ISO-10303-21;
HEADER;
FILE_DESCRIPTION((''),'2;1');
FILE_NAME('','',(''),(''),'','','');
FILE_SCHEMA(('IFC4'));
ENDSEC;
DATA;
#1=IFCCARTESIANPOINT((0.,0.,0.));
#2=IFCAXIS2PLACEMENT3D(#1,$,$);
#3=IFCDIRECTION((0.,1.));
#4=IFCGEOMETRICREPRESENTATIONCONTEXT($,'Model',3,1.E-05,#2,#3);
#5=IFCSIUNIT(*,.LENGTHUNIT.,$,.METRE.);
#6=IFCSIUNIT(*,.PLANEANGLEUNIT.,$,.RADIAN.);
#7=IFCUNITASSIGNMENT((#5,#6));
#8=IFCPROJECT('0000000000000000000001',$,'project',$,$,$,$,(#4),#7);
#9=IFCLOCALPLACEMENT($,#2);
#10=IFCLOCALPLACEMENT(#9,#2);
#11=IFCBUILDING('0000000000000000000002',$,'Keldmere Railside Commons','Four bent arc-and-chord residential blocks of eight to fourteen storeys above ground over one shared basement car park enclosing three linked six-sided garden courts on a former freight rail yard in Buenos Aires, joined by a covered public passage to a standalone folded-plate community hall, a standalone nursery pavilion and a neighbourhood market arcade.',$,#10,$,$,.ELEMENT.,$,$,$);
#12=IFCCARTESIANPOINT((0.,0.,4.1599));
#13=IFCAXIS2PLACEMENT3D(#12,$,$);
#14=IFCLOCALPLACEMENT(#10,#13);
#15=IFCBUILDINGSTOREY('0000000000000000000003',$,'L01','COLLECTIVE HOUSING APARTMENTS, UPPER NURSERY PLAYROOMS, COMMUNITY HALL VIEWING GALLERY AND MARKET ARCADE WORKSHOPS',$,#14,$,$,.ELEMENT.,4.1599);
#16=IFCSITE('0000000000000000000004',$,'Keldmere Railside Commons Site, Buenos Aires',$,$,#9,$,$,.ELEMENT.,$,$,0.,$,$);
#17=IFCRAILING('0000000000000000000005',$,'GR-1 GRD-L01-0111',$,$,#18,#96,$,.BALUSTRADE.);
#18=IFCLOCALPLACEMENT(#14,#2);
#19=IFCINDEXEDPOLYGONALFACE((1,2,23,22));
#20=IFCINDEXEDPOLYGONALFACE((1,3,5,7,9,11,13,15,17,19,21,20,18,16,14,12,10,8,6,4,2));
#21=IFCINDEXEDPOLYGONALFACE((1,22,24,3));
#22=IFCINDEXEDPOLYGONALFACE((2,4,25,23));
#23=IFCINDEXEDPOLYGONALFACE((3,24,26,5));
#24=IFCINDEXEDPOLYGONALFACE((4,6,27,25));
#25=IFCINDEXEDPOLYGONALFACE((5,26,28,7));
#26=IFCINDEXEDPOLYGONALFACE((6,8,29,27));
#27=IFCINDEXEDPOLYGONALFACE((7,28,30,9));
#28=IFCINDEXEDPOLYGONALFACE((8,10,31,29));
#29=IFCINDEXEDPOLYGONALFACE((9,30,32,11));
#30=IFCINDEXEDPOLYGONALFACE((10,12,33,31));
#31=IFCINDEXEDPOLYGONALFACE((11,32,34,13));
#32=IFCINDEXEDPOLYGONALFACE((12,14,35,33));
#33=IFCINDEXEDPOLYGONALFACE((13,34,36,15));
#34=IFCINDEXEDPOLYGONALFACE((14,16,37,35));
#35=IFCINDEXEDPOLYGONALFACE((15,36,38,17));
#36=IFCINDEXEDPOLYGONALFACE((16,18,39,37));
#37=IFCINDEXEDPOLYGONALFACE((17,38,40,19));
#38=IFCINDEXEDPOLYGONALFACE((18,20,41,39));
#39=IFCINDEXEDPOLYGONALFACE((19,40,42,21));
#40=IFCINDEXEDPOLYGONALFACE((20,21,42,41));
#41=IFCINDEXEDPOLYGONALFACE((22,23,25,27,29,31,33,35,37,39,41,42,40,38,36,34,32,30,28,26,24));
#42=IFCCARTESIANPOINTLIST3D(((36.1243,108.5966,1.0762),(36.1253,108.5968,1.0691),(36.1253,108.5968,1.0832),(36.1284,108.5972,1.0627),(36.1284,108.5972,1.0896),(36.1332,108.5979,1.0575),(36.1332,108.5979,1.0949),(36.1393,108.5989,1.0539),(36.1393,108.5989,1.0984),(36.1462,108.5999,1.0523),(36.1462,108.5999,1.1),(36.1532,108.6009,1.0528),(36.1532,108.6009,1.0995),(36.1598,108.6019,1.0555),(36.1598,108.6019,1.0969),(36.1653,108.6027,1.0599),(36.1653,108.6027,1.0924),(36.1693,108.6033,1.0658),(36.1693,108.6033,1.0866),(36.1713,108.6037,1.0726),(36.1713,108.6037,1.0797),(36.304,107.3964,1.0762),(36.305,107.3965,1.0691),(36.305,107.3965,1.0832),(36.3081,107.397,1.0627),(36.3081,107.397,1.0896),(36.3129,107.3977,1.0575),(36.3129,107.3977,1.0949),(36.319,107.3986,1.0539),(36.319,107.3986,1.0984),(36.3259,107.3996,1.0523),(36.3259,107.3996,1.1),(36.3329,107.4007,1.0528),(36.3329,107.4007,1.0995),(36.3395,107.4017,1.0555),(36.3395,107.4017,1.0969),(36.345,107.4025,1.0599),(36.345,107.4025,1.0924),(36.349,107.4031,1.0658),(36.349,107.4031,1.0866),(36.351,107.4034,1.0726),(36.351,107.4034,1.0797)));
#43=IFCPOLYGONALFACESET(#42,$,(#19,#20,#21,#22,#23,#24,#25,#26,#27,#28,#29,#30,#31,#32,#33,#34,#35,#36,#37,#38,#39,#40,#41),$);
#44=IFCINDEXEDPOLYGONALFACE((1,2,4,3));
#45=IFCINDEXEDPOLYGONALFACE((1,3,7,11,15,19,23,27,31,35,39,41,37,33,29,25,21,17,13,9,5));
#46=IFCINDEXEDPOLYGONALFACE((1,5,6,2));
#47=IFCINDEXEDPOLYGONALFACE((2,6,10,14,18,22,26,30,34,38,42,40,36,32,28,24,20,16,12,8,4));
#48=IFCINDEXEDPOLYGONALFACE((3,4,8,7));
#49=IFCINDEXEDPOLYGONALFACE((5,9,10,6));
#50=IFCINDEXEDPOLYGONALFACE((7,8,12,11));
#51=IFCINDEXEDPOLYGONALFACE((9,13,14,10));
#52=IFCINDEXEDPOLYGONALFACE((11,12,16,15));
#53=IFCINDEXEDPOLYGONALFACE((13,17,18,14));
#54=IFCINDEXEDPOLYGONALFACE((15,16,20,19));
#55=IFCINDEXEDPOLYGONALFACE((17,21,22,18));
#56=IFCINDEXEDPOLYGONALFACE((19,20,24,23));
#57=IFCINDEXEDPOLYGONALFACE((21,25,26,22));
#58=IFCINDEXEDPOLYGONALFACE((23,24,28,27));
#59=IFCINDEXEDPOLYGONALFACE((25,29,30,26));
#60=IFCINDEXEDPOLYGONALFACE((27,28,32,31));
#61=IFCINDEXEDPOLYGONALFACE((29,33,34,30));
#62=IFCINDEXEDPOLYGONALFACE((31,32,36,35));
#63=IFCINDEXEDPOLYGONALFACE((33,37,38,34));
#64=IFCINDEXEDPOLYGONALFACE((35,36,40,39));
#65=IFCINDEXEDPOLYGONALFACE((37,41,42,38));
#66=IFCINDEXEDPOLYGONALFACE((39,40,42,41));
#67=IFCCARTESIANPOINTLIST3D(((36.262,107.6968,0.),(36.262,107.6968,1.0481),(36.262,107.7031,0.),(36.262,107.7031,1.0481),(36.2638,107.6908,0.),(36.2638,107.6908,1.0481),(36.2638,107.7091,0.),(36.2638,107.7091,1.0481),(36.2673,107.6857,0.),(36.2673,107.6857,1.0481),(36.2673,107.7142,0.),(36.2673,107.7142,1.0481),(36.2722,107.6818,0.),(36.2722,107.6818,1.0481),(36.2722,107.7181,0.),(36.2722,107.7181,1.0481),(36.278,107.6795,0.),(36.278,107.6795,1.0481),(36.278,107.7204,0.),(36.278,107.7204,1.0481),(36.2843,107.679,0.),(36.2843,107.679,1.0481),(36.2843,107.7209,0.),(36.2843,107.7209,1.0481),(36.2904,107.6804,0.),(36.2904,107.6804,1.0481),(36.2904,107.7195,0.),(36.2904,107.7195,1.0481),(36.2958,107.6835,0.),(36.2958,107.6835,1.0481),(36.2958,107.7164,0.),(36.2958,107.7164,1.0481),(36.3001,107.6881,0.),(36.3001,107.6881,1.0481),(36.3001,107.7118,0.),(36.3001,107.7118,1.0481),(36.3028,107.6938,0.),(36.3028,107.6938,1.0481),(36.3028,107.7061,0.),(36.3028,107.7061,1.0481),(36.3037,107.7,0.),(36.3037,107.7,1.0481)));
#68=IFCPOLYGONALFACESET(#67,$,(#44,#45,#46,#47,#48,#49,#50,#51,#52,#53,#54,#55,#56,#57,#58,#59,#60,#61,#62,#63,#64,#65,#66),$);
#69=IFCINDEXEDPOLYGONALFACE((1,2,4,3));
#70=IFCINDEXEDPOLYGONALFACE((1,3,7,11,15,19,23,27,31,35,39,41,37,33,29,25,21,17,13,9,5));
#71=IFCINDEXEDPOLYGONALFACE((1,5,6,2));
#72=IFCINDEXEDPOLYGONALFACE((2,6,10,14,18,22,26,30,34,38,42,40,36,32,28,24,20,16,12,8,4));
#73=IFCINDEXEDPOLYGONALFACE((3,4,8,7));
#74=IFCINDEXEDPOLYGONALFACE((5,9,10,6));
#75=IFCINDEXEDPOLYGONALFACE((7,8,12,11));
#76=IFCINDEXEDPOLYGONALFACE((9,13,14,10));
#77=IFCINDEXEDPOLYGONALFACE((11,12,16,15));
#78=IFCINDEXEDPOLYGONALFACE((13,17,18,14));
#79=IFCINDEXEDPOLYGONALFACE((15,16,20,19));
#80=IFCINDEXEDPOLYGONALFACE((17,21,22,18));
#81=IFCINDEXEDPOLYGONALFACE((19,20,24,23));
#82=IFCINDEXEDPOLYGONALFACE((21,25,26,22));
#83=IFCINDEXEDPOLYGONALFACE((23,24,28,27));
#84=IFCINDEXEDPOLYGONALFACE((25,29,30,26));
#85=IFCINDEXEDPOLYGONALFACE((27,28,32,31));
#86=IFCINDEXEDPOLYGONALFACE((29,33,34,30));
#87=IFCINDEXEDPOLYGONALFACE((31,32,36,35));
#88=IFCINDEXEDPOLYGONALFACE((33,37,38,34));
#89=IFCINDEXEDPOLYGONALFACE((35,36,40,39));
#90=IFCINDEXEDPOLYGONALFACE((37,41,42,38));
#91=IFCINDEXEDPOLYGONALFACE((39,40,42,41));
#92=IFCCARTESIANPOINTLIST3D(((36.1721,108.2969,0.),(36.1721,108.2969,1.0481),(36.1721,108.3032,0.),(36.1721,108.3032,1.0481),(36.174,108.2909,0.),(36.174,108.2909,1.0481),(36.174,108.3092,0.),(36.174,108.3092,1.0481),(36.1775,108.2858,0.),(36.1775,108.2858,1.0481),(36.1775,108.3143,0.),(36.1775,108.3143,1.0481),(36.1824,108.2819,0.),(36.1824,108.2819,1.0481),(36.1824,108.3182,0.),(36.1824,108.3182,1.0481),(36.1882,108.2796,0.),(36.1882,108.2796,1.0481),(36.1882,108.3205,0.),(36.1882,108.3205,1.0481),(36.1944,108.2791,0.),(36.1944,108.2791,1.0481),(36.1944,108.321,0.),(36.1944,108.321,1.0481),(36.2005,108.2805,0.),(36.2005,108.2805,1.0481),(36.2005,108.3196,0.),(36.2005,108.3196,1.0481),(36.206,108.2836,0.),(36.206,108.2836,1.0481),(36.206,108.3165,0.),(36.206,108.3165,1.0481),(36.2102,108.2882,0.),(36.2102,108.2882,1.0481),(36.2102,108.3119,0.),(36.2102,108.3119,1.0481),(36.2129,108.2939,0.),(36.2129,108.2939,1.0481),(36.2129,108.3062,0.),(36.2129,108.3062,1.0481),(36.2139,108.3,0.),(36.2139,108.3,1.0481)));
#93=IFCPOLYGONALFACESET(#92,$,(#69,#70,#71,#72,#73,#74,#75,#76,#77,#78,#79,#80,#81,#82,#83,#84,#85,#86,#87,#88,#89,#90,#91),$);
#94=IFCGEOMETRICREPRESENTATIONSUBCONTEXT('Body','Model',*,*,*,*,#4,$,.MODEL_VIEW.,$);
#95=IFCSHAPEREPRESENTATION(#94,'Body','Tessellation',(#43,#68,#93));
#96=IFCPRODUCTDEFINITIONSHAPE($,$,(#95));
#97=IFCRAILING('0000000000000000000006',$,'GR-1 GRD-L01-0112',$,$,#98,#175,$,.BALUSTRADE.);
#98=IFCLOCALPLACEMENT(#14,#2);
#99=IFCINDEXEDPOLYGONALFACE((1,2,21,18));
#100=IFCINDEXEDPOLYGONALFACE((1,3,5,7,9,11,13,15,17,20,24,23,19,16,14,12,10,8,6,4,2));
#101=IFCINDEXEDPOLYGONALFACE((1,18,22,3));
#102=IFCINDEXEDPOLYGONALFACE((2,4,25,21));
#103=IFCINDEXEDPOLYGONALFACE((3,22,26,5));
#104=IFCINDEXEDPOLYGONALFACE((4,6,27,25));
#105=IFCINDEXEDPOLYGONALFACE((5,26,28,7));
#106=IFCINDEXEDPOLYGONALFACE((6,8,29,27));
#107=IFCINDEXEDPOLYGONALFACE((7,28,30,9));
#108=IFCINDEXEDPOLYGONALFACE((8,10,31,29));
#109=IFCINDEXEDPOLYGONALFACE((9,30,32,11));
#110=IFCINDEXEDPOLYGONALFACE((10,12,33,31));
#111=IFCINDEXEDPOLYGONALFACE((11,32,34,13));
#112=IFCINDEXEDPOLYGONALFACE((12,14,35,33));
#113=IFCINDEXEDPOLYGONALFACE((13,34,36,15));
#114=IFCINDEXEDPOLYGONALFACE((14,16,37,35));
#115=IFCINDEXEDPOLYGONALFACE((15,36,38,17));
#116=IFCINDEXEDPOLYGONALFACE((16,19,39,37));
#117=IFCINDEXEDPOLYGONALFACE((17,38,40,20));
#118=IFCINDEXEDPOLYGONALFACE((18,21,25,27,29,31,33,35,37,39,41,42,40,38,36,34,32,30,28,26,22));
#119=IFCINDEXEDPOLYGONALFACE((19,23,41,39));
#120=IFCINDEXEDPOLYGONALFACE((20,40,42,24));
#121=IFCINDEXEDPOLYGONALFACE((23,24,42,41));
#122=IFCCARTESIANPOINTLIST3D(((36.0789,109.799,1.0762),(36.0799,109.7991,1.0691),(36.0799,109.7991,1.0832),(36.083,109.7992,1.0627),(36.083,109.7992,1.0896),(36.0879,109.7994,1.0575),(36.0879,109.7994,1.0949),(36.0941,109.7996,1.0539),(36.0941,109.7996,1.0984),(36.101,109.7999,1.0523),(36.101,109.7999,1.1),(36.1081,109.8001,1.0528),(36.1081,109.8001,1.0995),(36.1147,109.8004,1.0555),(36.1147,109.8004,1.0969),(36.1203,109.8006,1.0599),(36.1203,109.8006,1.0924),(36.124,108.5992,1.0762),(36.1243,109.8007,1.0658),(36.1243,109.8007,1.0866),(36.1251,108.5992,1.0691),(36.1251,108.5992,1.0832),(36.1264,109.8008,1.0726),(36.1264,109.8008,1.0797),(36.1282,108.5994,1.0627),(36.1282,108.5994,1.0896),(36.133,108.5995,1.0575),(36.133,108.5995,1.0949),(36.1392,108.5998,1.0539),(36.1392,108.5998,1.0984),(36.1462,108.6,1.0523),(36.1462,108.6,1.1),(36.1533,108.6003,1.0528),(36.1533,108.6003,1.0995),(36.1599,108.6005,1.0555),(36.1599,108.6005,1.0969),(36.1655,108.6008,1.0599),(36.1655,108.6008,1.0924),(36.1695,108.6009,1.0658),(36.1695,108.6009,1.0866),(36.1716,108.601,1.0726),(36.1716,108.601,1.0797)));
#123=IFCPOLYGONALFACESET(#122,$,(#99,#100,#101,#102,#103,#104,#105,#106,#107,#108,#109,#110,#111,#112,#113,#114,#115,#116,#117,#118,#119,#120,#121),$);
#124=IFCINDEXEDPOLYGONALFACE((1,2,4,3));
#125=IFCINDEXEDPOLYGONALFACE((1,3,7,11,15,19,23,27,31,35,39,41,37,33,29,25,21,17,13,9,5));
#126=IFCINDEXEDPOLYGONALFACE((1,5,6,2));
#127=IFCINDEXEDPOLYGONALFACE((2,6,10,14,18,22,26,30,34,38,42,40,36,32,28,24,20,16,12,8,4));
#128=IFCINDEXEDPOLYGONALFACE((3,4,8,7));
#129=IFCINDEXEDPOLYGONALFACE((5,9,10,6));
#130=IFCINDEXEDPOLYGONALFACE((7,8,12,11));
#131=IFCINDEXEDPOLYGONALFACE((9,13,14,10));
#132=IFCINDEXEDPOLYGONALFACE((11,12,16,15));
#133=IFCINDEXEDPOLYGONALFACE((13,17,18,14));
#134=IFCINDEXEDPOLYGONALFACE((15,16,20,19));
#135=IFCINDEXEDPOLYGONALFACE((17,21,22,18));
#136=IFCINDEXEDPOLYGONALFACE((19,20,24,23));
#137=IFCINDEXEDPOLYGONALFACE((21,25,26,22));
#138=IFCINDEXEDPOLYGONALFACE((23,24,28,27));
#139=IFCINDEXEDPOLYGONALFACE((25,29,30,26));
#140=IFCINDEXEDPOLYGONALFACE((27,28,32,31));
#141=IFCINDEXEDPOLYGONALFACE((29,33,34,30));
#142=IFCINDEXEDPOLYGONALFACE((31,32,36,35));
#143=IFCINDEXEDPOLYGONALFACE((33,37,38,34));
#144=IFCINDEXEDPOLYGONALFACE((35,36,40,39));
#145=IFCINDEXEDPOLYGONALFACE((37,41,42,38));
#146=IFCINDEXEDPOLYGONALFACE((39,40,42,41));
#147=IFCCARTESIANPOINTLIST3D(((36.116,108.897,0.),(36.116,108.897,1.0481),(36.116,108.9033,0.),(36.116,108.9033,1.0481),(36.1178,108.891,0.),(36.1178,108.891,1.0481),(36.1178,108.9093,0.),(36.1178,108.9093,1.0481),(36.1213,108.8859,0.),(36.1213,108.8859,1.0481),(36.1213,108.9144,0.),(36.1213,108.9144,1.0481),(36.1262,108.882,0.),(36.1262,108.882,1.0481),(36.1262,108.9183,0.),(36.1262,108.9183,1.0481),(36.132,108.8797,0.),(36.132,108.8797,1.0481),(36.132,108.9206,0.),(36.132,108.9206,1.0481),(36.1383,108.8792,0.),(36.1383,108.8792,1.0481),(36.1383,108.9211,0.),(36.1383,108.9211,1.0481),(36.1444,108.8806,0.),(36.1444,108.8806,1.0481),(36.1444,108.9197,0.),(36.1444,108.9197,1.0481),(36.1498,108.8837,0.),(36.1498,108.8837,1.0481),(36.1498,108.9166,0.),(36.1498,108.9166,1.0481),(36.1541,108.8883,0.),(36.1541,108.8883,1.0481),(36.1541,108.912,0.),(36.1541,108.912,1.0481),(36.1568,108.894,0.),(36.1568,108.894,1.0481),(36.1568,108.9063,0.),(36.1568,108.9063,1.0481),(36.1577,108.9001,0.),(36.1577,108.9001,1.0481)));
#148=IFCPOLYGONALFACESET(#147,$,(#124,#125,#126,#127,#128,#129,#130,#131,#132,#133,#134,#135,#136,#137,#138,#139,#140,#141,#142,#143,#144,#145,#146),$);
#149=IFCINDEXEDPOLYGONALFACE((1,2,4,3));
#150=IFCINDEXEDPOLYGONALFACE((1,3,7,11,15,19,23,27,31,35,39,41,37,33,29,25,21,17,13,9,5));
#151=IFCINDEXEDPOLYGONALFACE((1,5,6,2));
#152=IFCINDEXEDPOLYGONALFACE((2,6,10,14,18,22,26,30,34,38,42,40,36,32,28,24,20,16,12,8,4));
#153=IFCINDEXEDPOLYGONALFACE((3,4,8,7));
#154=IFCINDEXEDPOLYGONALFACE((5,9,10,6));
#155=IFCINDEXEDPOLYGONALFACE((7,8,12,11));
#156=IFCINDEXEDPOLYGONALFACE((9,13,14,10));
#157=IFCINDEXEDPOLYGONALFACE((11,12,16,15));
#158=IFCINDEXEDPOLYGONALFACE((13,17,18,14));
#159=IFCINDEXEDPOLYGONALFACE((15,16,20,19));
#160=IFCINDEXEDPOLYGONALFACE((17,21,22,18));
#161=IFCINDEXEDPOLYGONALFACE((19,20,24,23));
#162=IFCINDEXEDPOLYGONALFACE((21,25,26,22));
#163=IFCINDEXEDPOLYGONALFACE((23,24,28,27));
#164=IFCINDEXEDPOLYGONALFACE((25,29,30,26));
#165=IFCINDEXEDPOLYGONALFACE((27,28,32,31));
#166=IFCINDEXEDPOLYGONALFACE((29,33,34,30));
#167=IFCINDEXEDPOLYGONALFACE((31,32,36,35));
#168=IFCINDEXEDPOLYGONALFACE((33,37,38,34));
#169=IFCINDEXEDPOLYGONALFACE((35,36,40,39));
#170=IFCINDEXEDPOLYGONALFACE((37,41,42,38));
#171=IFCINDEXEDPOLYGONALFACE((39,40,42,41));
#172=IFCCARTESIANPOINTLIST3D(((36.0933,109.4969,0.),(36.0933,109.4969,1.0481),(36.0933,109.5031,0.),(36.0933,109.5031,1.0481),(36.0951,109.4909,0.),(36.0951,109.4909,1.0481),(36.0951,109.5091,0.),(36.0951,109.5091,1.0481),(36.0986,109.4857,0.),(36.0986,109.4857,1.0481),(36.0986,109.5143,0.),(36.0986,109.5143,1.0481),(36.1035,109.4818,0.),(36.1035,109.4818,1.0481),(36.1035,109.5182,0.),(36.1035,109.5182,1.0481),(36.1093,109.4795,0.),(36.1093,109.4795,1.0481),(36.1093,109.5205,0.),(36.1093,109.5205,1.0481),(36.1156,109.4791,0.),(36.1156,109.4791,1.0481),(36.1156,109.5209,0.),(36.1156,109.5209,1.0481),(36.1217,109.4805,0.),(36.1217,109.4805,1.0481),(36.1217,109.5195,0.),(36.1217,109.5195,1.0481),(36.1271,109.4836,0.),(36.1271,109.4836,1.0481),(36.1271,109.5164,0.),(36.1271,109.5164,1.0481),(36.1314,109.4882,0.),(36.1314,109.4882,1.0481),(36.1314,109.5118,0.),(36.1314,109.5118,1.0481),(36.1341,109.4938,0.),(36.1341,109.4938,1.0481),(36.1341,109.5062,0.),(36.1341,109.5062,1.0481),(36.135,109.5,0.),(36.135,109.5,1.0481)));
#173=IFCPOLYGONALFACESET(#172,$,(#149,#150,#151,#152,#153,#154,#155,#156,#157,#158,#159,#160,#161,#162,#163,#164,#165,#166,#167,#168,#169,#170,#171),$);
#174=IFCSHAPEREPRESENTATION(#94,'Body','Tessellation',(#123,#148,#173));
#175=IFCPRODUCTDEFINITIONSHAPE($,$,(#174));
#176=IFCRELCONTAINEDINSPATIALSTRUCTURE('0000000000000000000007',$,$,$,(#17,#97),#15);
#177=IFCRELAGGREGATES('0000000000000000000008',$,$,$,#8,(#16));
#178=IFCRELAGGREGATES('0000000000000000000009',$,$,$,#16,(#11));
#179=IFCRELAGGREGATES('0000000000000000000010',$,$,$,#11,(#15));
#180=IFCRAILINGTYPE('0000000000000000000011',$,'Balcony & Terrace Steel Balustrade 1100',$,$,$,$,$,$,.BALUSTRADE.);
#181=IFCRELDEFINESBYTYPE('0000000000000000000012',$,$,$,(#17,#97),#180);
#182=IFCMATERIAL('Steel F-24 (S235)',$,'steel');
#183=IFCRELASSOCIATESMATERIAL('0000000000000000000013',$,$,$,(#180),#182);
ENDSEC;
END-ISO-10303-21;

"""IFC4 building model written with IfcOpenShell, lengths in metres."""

from ifc_helpers import new_model, si_unit, direction, frame, origin, origin_2d, place, context, subcontext, project, spatial, circle, extrude, material, type_object, element, save


model = new_model("IFC4")

# Units and contexts
model_context = context("Model", 3, precision=1e-05, world=origin(), true_north=direction((0.0, 1.0)))
body_context = subcontext(model_context, "Body", "Model", "MODEL_VIEW")
ifc_project = project(units=[si_unit("LENGTHUNIT", "METRE"), si_unit("PLANEANGLEUNIT", "RADIAN")], contexts=[model_context])

# Site, building, storey
site_placement = place(None, origin())
site = spatial("IfcSite", under=ifc_project, at=site_placement, Name="Keldmere Railside Commons Site, Buenos Aires", CompositionType="ELEMENT", RefElevation=0.0)
building_placement = place(site_placement, origin())
building = spatial("IfcBuilding", under=site, at=building_placement, Name="Keldmere Railside Commons", Description="Four bent arc-and-chord residential blocks of eight to fourteen storeys above ground over one shared basement car park enclosing three linked six-sided garden courts on a former freight rail yard in Buenos Aires, joined by a covered public passage to a standalone folded-plate community hall, a standalone nursery pavilion and a neighbourhood market arcade.", CompositionType="ELEMENT")
storey_placement = place(building_placement, frame((0.0, 0.0, 4.1599)))
storey = spatial("IfcBuildingStorey", under=building, at=storey_placement, Name="L01", Description="COLLECTIVE HOUSING APARTMENTS, UPPER NURSERY PLAYROOMS, COMMUNITY HALL VIEWING GALLERY AND MARKET ARCADE WORKSHOPS", CompositionType="ELEMENT", Elevation=4.1599)

# Railings
ifc_material_1 = material(Name="Steel F-24 (S235)", Category="steel")
railing_type = type_object("IfcRailingType", Name="Balcony & Terrace Steel Balustrade 1100", PredefinedType="BALUSTRADE", material=ifc_material_1)
railing_1_placement = place(storey_placement, frame((36.3276, 107.3999, 0.0)))
element("IfcRailing", 1, at=railing_1_placement, inside=storey, type_object=railing_type, Name="GR-1 GRD-L01-0111", PredefinedType="BALUSTRADE", context=body_context, shape_type="SweptSolid", body=[
    extrude(circle(Radius=0.0239, at=origin_2d()), frame((0.0, 0.0, 1.0762), z_axis=(-0.148065, 0.988978, 0.0), x_axis=(-0.988978, -0.148065, 0.0)), (0.0, 0.0, 1.0), 1.2136),
    extrude(circle(Radius=0.021, at=origin_2d()), frame((-0.0449, 0.3, 0.0)), (0.0, 0.0, 1.0), 1.0481),
    extrude(circle(Radius=0.021, at=origin_2d()), frame((-0.1348, 0.9001, 0.0)), (0.0, 0.0, 1.0), 1.0481),
])
railing_2_placement = place(storey_placement, frame((36.1479, 108.6001, 0.0)))
element("IfcRailing", 2, at=railing_2_placement, inside=storey, type_object=railing_type, Name="GR-1 GRD-L01-0112", PredefinedType="BALUSTRADE", context=body_context, shape_type="SweptSolid", body=[
    extrude(circle(Radius=0.0239, at=origin_2d()), frame((0.0, 0.0, 1.0762), z_axis=(-0.037613, 0.999292, 0.0), x_axis=(-0.999292, -0.037613, 0.0)), (0.0, 0.0, 1.0), 1.2007),
    extrude(circle(Radius=0.021, at=origin_2d()), frame((-0.0112, 0.3, 0.0)), (0.0, 0.0, 1.0), 1.0481),
    extrude(circle(Radius=0.021, at=origin_2d()), frame((-0.0339, 0.8999, 0.0)), (0.0, 0.0, 1.0), 1.0481),
])

save(model, "model.ifc")
